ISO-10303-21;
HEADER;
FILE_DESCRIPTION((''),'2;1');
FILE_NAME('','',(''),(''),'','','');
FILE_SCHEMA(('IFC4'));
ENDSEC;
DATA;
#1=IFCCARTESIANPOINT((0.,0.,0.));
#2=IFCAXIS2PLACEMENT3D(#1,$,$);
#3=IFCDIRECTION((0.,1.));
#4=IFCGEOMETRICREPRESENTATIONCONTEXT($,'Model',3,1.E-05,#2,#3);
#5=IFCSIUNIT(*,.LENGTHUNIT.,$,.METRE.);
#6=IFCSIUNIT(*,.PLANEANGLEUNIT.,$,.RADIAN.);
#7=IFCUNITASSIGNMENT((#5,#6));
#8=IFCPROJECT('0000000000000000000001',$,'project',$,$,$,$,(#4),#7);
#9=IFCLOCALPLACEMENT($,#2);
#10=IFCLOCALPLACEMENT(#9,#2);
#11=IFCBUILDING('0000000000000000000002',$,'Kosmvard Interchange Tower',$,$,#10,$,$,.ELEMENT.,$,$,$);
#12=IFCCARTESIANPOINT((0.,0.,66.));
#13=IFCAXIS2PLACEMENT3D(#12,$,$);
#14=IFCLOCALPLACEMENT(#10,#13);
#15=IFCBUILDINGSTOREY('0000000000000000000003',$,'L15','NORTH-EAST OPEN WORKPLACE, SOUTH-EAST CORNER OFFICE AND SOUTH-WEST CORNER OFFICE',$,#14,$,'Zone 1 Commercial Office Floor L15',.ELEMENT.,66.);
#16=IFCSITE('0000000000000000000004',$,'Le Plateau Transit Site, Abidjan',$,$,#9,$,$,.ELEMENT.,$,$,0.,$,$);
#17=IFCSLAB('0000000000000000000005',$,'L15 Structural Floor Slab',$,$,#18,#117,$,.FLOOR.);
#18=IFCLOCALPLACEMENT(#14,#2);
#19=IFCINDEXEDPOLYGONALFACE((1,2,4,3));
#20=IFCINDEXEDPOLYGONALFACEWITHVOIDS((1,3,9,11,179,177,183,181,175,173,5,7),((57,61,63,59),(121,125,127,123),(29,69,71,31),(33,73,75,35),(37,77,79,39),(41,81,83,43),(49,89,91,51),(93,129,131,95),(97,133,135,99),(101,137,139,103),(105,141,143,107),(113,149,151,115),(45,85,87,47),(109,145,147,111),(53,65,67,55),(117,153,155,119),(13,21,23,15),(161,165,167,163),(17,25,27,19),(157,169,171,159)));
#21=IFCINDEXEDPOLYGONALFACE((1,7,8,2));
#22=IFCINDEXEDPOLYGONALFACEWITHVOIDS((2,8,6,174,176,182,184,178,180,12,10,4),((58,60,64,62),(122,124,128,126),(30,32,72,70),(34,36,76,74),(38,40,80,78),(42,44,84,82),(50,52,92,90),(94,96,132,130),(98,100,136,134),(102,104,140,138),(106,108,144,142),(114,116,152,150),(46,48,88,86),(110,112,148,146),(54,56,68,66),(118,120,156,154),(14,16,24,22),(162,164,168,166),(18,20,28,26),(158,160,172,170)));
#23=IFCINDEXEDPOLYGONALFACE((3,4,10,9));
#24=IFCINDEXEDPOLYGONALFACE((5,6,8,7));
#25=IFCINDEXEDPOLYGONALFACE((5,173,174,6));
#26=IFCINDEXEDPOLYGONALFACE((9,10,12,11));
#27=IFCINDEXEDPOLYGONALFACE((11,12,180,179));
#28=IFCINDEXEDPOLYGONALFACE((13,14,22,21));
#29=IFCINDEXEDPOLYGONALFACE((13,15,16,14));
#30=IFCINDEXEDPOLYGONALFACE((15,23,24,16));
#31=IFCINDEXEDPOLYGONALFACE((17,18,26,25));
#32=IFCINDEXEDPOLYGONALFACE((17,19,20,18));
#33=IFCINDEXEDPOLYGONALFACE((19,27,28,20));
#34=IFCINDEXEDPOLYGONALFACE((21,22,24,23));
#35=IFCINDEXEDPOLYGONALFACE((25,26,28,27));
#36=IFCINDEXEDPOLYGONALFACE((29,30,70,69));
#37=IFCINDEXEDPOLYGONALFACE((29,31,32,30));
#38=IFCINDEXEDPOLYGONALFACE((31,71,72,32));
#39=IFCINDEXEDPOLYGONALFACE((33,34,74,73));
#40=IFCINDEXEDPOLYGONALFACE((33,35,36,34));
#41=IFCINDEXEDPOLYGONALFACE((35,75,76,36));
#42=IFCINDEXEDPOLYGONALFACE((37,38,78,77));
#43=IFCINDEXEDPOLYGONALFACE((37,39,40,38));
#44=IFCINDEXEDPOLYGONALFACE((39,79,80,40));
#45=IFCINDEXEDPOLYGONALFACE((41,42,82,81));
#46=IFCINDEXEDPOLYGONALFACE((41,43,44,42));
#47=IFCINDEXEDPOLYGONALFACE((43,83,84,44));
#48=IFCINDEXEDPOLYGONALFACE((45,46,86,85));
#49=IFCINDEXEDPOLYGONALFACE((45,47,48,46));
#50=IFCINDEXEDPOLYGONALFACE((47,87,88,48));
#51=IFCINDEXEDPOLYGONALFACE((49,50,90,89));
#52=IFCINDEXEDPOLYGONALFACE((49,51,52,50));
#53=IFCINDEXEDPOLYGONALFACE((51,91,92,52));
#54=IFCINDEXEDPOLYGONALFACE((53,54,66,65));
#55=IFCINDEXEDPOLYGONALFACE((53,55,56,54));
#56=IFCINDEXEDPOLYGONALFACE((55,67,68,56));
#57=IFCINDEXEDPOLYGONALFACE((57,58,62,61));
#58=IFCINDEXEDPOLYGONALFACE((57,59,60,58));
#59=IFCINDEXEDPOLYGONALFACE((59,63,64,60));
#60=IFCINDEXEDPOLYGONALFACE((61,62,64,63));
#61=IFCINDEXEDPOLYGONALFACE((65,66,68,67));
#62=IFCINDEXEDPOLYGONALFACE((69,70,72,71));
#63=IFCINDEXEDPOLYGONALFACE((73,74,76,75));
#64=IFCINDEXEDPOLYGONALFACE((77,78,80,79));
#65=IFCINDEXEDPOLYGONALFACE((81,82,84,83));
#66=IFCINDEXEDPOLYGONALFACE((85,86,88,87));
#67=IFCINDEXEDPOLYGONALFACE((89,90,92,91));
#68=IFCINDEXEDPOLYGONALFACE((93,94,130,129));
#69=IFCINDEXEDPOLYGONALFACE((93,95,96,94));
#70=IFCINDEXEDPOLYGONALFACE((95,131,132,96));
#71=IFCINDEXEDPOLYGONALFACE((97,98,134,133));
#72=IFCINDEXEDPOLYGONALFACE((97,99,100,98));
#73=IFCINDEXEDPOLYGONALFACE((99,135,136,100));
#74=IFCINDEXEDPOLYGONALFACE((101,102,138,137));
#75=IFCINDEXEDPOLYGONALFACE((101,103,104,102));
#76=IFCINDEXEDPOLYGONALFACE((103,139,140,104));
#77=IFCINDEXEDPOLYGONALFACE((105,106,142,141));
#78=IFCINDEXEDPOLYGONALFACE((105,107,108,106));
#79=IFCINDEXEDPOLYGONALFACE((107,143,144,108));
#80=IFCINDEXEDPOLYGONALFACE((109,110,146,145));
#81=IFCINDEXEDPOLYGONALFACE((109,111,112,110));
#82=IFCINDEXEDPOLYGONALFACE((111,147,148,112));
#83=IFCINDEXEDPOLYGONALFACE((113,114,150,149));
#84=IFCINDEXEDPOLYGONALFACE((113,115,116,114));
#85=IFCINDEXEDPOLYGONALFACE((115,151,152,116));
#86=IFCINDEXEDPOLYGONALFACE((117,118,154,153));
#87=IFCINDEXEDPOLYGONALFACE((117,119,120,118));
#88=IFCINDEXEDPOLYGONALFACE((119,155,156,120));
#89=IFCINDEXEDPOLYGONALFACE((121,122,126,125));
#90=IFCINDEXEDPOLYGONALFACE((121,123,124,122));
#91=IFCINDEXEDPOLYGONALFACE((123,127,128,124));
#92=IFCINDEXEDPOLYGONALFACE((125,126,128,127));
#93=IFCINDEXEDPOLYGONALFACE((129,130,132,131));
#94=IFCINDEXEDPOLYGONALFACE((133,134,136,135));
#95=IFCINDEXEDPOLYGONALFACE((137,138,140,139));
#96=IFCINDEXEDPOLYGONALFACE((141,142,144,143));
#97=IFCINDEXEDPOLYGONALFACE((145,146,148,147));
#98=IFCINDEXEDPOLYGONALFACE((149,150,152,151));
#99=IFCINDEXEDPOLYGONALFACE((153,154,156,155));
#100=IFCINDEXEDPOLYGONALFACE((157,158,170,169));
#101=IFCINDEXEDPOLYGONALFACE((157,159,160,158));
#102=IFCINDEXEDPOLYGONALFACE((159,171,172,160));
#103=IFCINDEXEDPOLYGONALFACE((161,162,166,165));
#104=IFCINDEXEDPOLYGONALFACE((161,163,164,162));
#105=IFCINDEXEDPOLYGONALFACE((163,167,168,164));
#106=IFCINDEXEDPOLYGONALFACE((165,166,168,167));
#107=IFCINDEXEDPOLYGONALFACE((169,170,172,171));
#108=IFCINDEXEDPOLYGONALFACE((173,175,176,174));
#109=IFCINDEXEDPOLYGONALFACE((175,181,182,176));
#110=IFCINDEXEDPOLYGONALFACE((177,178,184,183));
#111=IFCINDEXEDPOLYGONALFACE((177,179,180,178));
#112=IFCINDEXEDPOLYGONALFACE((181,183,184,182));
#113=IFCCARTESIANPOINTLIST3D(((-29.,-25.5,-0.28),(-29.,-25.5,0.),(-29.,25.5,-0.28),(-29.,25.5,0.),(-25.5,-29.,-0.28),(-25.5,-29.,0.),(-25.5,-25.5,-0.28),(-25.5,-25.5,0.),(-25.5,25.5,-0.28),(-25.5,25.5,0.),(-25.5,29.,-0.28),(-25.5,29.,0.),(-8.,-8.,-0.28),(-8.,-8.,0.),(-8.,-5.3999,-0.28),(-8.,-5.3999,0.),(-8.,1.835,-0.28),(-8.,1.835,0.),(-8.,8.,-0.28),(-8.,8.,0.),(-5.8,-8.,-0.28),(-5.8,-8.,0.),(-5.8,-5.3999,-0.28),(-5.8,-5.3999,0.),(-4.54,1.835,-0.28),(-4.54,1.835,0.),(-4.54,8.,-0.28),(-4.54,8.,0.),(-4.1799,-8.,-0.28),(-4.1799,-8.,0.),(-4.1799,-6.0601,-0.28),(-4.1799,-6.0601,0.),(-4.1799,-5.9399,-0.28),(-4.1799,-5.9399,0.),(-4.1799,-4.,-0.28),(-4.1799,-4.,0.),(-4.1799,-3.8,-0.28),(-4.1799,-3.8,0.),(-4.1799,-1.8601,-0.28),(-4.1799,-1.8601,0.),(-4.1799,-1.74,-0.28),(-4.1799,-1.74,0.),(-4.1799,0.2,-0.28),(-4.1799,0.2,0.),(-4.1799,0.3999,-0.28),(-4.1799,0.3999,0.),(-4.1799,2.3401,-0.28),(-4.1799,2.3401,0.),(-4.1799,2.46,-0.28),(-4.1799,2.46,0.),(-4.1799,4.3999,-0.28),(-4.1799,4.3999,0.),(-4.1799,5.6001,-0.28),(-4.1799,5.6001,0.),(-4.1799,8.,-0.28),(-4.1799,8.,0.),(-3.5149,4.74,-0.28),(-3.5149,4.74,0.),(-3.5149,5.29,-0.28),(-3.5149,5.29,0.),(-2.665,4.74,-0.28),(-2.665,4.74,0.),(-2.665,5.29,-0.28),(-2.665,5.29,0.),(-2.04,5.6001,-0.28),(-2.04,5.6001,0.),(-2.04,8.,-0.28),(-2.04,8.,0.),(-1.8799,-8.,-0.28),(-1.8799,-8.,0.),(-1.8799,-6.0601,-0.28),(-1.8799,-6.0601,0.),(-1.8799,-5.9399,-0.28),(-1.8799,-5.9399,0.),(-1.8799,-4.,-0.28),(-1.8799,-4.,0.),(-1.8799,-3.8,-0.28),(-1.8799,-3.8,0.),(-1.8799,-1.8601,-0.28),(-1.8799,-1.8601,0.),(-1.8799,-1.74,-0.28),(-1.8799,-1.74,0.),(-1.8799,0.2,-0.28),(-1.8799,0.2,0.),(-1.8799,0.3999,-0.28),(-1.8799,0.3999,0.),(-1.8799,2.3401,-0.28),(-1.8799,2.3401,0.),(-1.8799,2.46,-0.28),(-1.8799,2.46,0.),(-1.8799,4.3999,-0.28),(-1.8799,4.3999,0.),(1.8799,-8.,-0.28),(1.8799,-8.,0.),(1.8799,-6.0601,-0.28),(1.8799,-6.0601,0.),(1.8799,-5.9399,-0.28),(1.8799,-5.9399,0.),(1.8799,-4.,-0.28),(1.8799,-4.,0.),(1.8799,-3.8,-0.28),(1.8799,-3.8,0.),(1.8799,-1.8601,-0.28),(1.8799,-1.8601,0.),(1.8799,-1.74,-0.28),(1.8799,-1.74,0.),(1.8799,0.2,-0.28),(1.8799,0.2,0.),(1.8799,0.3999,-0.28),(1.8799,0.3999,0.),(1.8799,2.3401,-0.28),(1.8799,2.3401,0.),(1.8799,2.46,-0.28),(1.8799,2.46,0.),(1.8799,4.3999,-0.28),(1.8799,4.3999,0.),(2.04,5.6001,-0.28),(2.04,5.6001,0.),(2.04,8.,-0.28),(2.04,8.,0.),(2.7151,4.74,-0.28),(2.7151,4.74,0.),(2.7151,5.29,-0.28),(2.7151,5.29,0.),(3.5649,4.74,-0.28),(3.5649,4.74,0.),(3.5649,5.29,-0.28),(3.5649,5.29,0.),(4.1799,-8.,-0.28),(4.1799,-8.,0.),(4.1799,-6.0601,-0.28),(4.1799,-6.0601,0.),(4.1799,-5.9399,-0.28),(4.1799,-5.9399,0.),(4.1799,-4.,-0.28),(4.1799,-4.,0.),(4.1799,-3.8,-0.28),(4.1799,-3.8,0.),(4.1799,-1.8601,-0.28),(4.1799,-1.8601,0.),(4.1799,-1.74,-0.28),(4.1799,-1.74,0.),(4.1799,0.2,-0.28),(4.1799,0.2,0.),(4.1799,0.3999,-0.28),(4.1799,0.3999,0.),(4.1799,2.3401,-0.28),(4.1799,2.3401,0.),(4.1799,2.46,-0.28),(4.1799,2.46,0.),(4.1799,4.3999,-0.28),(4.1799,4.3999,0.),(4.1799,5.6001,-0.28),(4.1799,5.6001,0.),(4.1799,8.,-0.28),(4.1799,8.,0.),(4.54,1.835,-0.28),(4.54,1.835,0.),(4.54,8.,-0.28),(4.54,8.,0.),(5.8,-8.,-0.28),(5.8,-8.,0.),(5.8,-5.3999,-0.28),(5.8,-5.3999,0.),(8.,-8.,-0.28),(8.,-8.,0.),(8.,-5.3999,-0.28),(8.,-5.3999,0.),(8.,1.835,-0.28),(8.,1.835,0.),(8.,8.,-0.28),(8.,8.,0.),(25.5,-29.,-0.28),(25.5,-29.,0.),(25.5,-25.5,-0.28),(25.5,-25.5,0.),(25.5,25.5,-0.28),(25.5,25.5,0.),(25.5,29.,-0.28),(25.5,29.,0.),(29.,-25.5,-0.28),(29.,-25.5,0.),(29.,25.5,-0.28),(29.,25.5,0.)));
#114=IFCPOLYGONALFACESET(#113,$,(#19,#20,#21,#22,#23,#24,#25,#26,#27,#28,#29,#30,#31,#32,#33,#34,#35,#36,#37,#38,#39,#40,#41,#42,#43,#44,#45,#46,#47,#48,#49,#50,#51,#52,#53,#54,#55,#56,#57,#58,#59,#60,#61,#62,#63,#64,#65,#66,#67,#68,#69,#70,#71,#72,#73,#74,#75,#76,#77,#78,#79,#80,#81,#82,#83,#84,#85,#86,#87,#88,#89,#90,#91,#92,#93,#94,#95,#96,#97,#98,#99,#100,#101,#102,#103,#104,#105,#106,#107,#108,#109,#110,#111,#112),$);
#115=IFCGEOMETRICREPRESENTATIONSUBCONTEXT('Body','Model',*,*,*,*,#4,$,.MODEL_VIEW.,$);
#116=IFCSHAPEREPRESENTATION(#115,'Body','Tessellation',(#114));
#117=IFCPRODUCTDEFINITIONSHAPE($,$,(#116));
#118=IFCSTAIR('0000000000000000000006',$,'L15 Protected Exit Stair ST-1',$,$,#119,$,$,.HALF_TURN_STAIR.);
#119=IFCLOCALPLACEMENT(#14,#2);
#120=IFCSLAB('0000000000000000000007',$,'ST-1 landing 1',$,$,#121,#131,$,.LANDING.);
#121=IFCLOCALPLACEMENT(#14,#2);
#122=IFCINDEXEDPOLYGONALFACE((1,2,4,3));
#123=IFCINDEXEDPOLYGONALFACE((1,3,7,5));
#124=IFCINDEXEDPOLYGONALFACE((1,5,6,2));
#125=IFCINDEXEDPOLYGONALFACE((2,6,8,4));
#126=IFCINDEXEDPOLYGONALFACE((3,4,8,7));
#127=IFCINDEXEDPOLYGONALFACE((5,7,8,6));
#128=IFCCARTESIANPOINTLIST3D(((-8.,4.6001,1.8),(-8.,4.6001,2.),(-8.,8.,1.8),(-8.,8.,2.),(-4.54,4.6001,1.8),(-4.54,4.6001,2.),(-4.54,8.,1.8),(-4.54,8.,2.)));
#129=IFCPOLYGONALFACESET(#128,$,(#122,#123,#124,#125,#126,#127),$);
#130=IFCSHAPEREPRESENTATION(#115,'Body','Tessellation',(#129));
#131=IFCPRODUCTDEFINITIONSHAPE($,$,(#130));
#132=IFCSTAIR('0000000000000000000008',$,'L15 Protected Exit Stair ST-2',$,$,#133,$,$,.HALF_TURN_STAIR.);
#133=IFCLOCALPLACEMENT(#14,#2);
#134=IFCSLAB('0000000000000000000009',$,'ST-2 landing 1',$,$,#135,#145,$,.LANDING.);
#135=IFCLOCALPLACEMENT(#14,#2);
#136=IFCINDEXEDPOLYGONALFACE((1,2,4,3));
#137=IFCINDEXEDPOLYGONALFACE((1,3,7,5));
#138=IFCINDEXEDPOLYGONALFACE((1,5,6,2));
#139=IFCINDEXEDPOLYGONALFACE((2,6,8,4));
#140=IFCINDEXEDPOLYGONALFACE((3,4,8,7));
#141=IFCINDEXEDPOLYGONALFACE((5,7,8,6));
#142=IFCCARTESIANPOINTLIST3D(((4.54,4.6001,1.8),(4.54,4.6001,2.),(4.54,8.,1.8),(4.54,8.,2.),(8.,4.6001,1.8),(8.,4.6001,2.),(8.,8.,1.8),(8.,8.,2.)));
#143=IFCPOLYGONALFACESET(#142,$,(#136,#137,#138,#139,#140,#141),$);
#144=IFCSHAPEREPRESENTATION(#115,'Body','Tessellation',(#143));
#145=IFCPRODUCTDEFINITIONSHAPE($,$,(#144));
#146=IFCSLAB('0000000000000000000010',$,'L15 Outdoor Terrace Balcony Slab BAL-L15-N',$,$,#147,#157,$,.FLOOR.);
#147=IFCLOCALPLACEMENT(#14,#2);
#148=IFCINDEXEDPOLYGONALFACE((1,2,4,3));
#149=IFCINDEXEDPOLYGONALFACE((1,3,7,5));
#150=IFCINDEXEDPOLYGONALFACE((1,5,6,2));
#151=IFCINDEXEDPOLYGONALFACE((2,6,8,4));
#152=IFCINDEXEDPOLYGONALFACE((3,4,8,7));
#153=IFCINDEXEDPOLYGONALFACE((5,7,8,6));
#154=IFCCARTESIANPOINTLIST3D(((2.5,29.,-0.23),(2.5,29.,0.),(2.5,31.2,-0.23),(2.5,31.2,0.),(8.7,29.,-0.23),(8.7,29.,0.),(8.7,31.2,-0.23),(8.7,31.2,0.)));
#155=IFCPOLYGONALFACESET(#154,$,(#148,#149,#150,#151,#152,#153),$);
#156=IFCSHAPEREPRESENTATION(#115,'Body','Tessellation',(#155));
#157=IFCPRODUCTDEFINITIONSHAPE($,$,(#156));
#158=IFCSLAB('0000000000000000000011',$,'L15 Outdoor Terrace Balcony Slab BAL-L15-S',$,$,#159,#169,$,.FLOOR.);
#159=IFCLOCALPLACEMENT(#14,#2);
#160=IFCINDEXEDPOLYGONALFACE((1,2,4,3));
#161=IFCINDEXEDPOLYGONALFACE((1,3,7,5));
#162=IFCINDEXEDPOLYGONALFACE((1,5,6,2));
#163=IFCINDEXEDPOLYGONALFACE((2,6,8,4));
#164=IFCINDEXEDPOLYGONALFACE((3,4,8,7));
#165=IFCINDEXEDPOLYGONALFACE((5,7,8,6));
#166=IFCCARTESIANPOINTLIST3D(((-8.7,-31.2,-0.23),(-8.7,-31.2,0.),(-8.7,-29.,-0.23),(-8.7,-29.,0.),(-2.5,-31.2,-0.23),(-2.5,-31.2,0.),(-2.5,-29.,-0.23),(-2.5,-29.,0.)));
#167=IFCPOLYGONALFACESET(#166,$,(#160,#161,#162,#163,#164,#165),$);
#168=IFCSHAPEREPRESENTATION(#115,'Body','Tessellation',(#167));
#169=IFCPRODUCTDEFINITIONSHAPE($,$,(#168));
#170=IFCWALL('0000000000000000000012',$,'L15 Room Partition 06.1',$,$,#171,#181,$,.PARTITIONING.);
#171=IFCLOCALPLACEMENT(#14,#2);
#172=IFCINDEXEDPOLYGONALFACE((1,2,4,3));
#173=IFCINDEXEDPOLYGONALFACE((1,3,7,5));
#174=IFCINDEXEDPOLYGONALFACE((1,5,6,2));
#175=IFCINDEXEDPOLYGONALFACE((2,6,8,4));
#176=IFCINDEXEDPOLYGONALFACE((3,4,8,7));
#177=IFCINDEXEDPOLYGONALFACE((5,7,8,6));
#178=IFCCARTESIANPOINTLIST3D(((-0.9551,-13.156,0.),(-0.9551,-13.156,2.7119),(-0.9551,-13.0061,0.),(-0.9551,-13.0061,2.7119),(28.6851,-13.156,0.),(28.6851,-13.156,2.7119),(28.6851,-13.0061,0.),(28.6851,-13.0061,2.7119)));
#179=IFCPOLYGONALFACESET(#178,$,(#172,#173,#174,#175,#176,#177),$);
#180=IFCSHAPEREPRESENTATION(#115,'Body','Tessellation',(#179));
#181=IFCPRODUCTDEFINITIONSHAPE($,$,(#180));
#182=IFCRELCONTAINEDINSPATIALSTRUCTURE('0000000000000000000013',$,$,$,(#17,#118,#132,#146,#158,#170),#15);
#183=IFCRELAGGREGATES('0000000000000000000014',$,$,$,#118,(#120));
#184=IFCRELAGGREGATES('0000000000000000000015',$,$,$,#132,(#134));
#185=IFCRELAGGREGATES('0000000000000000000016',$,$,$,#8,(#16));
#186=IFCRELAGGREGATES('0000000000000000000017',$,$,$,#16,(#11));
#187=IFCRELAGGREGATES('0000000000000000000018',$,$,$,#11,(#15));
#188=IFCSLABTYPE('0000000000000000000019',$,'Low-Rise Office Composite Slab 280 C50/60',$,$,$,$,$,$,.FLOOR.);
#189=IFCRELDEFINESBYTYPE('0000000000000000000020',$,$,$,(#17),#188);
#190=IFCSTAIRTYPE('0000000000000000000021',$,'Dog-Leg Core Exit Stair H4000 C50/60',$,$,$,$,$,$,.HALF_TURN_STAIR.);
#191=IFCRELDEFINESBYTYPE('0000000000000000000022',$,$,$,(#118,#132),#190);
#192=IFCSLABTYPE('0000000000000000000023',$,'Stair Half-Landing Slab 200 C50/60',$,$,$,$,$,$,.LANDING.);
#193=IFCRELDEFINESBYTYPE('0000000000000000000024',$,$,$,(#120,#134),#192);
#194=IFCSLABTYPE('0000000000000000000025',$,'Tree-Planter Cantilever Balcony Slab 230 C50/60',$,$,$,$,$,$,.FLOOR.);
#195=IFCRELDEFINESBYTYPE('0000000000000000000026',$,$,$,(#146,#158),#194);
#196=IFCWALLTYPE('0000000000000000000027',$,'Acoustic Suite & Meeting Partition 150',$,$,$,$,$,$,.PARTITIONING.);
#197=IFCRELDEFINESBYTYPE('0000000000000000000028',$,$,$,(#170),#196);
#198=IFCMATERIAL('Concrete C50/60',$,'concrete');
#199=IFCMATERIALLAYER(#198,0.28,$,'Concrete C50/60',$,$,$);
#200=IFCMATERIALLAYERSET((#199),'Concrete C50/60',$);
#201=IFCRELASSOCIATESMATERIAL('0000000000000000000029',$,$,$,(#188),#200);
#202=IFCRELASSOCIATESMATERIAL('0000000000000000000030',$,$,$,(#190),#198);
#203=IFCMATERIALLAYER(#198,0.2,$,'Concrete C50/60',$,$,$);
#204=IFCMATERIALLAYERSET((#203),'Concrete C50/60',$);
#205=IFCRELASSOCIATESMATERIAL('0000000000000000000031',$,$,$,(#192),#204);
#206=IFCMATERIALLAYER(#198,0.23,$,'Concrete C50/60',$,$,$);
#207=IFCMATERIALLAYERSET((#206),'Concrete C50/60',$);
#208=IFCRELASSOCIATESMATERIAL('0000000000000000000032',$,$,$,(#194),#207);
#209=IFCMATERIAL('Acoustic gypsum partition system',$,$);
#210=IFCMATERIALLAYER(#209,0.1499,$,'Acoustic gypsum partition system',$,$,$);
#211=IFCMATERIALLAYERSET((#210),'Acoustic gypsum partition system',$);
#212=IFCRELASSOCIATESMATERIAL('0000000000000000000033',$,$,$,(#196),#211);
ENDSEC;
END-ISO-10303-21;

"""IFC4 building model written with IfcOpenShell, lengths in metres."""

from ifc_helpers import new_model, si_unit, direction, frame, frame_2d, origin, place, context, subcontext, project, spatial, polyline, rectangle, outline, extrude, material, layer, layer_set, type_object, element, aggregate, save


model = new_model("IFC4")

# Units and contexts
model_context = context("Model", 3, precision=1e-05, world=origin(), true_north=direction((0.0, 1.0)))
body_context = subcontext(model_context, "Body", "Model", "MODEL_VIEW")
ifc_project = project(units=[si_unit("LENGTHUNIT", "METRE"), si_unit("PLANEANGLEUNIT", "RADIAN")], contexts=[model_context])

# Site, building, storey
site_placement = place(None, origin())
site = spatial("IfcSite", under=ifc_project, at=site_placement, Name="Le Plateau Transit Site, Abidjan", CompositionType="ELEMENT", RefElevation=0.0)
building_placement = place(site_placement, origin())
building = spatial("IfcBuilding", under=site, at=building_placement, Name="Kosmvard Interchange Tower", CompositionType="ELEMENT")
storey_placement = place(building_placement, frame((0.0, 0.0, 66.0)))
storey = spatial("IfcBuildingStorey", under=building, at=storey_placement, Name="L15", Description="NORTH-EAST OPEN WORKPLACE, SOUTH-EAST CORNER OFFICE AND SOUTH-WEST CORNER OFFICE", LongName="Zone 1 Commercial Office Floor L15", CompositionType="ELEMENT", Elevation=66.0)

# Slab
ifc_material_1 = material(Name="Concrete C50/60", Category="concrete")
ifc_layer_1 = layer(ifc_material_1, 0.28, Name="Concrete C50/60")
ifc_layer_set_1 = layer_set([ifc_layer_1], Name="Concrete C50/60")
slab_type_1 = type_object("IfcSlabType", Name="Low-Rise Office Composite Slab 280 C50/60", PredefinedType="FLOOR", material=ifc_layer_set_1)
slab_1_placement = place(storey_placement, frame((0.0, 0.0, -0.28)))
element("IfcSlab", 1, at=slab_1_placement, inside=storey, type_object=slab_type_1, Name="L15 Structural Floor Slab", PredefinedType="FLOOR", context=body_context, shape_type="SweptSolid", body=[
    extrude(outline(polyline([(-25.5, -29.0), (25.5, -29.0), (25.5, -25.5), (29.0, -25.5), (29.0, 25.5), (25.5, 25.5), (25.5, 29.0), (-25.5, 29.0), (-25.5, 25.5), (-29.0, 25.5), (-29.0, -25.5), (-25.5, -25.5), (-25.5, -29.0)]), holes=[polyline([(-8.0, 1.835), (-4.54, 1.835), (-4.54, 8.0), (-8.0, 8.0), (-8.0, 1.835)]), polyline([(4.54, 1.835), (8.0, 1.835), (8.0, 8.0), (4.54, 8.0), (4.54, 1.835)]), polyline([(-8.0, -8.0), (-5.8, -8.0), (-5.8, -5.3999), (-8.0, -5.3999), (-8.0, -8.0)]), polyline([(5.8, -8.0), (8.0, -8.0), (8.0, -5.3999), (5.8, -5.3999), (5.8, -8.0)]), polyline([(-4.1799, -8.0), (-1.8799, -8.0), (-1.8799, -6.0601), (-4.1799, -6.0601), (-4.1799, -8.0)]), polyline([(-4.1799, -5.9399), (-1.8799, -5.9399), (-1.8799, -4.0), (-4.1799, -4.0), (-4.1799, -5.9399)]), polyline([(1.8799, -8.0), (4.1799, -8.0), (4.1799, -6.0601), (1.8799, -6.0601), (1.8799, -8.0)]), polyline([(1.8799, -5.9399), (4.1799, -5.9399), (4.1799, -4.0), (1.8799, -4.0), (1.8799, -5.9399)]), polyline([(-4.1799, -3.8), (-1.8799, -3.8), (-1.8799, -1.8601), (-4.1799, -1.8601), (-4.1799, -3.8)]), polyline([(-4.1799, -1.74), (-1.8799, -1.74), (-1.8799, 0.2), (-4.1799, 0.2), (-4.1799, -1.74)]), polyline([(1.8799, -3.8), (4.1799, -3.8), (4.1799, -1.8601), (1.8799, -1.8601), (1.8799, -3.8)]), polyline([(1.8799, -1.74), (4.1799, -1.74), (4.1799, 0.2), (1.8799, 0.2), (1.8799, -1.74)]), polyline([(-4.1799, 0.3999), (-1.8799, 0.3999), (-1.8799, 2.3401), (-4.1799, 2.3401), (-4.1799, 0.3999)]), polyline([(-4.1799, 2.46), (-1.8799, 2.46), (-1.8799, 4.3999), (-4.1799, 4.3999), (-4.1799, 2.46)]), polyline([(1.8799, 0.3999), (4.1799, 0.3999), (4.1799, 2.3401), (1.8799, 2.3401), (1.8799, 0.3999)]), polyline([(1.8799, 2.46), (4.1799, 2.46), (4.1799, 4.3999), (1.8799, 4.3999), (1.8799, 2.46)]), polyline([(-4.1799, 5.6001), (-2.04, 5.6001), (-2.04, 8.0), (-4.1799, 8.0), (-4.1799, 5.6001)]), polyline([(2.04, 5.6001), (4.1799, 5.6001), (4.1799, 8.0), (2.04, 8.0), (2.04, 5.6001)]), polyline([(-3.5149, 4.74), (-2.665, 4.74), (-2.665, 5.29), (-3.5149, 5.29), (-3.5149, 4.74)]), polyline([(2.7151, 4.74), (3.5649, 4.74), (3.5649, 5.29), (2.7151, 5.29), (2.7151, 4.74)])]), origin(), (0.0, 0.0, 1.0), 0.28),
])

# Stairs, slabs
stair_type = type_object("IfcStairType", Name="Dog-Leg Core Exit Stair H4000 C50/60", PredefinedType="HALF_TURN_STAIR", material=ifc_material_1)
stair_1_placement = place(storey_placement, origin())
stair_1 = element("IfcStair", 2, at=stair_1_placement, inside=storey, type_object=stair_type, Name="L15 Protected Exit Stair ST-1", PredefinedType="HALF_TURN_STAIR")
ifc_layer_2 = layer(ifc_material_1, 0.2, Name="Concrete C50/60")
ifc_layer_set_2 = layer_set([ifc_layer_2], Name="Concrete C50/60")
slab_type_2 = type_object("IfcSlabType", Name="Stair Half-Landing Slab 200 C50/60", PredefinedType="LANDING", material=ifc_layer_set_2)
slab_2_placement = place(storey_placement, frame((0.0, 0.0, 1.8)))
slab_2 = element("IfcSlab", 3, at=slab_2_placement, type_object=slab_type_2, Name="ST-1 landing 1", PredefinedType="LANDING", context=body_context, shape_type="SweptSolid", body=[
    extrude(outline(polyline([(-4.54, 4.6001), (-4.54, 8.0), (-8.0, 8.0), (-8.0, 4.6001), (-4.54, 4.6001)])), origin(), (0.0, 0.0, 1.0), 0.2),
])
aggregate(stair_1, [slab_2])
stair_2_placement = place(storey_placement, origin())
stair_2 = element("IfcStair", 4, at=stair_2_placement, inside=storey, type_object=stair_type, Name="L15 Protected Exit Stair ST-2", PredefinedType="HALF_TURN_STAIR")
slab_3_placement = place(storey_placement, frame((0.0, 0.0, 1.8)))
slab_3 = element("IfcSlab", 5, at=slab_3_placement, type_object=slab_type_2, Name="ST-2 landing 1", PredefinedType="LANDING", context=body_context, shape_type="SweptSolid", body=[
    extrude(outline(polyline([(8.0, 4.6001), (8.0, 8.0), (4.54, 8.0), (4.54, 4.6001), (8.0, 4.6001)])), origin(), (0.0, 0.0, 1.0), 0.2),
])
aggregate(stair_2, [slab_3])

# Slabs
ifc_layer_3 = layer(ifc_material_1, 0.23, Name="Concrete C50/60")
ifc_layer_set_3 = layer_set([ifc_layer_3], Name="Concrete C50/60")
slab_type_3 = type_object("IfcSlabType", Name="Tree-Planter Cantilever Balcony Slab 230 C50/60", PredefinedType="FLOOR", material=ifc_layer_set_3)
slab_4_placement = place(storey_placement, frame((0.0, 0.0, -0.23)))
element("IfcSlab", 6, at=slab_4_placement, inside=storey, type_object=slab_type_3, Name="L15 Outdoor Terrace Balcony Slab BAL-L15-N", PredefinedType="FLOOR", context=body_context, shape_type="SweptSolid", body=[
    extrude(outline(polyline([(2.5, 29.0), (8.7, 29.0), (8.7, 31.2), (2.5, 31.2), (2.5, 29.0)])), origin(), (0.0, 0.0, 1.0), 0.23),
])
slab_5_placement = place(storey_placement, frame((0.0, 0.0, -0.23)))
element("IfcSlab", 7, at=slab_5_placement, inside=storey, type_object=slab_type_3, Name="L15 Outdoor Terrace Balcony Slab BAL-L15-S", PredefinedType="FLOOR", context=body_context, shape_type="SweptSolid", body=[
    extrude(outline(polyline([(-8.7, -31.2), (-2.5, -31.2), (-2.5, -29.0), (-8.7, -29.0), (-8.7, -31.2)])), origin(), (0.0, 0.0, 1.0), 0.23),
])

# Wall
ifc_material_2 = material(Name="Acoustic gypsum partition system")
ifc_layer_4 = layer(ifc_material_2, 0.1499, Name="Acoustic gypsum partition system")
ifc_layer_set_4 = layer_set([ifc_layer_4], Name="Acoustic gypsum partition system")
wall_type_1 = type_object("IfcWallType", Name="Acoustic Suite & Meeting Partition 150", PredefinedType="PARTITIONING", material=ifc_layer_set_4)
wall_1_placement = place(storey_placement, frame((-0.9551, -13.0811, 0.0), z_axis=(0.0, 0.0, 1.0), x_axis=(1.0, 0.0, 0.0)))
element("IfcWall", 8, at=wall_1_placement, inside=storey, type_object=wall_type_1, Name="L15 Room Partition 06.1", PredefinedType="PARTITIONING", context=body_context, shape_type="SweptSolid", body=[
    extrude(rectangle(XDim=29.6401, YDim=0.1499, at=frame_2d((14.8201, 0.0))), origin(), (0.0, 0.0, 1.0), 2.7119),
])

save(model, "model.ifc")
